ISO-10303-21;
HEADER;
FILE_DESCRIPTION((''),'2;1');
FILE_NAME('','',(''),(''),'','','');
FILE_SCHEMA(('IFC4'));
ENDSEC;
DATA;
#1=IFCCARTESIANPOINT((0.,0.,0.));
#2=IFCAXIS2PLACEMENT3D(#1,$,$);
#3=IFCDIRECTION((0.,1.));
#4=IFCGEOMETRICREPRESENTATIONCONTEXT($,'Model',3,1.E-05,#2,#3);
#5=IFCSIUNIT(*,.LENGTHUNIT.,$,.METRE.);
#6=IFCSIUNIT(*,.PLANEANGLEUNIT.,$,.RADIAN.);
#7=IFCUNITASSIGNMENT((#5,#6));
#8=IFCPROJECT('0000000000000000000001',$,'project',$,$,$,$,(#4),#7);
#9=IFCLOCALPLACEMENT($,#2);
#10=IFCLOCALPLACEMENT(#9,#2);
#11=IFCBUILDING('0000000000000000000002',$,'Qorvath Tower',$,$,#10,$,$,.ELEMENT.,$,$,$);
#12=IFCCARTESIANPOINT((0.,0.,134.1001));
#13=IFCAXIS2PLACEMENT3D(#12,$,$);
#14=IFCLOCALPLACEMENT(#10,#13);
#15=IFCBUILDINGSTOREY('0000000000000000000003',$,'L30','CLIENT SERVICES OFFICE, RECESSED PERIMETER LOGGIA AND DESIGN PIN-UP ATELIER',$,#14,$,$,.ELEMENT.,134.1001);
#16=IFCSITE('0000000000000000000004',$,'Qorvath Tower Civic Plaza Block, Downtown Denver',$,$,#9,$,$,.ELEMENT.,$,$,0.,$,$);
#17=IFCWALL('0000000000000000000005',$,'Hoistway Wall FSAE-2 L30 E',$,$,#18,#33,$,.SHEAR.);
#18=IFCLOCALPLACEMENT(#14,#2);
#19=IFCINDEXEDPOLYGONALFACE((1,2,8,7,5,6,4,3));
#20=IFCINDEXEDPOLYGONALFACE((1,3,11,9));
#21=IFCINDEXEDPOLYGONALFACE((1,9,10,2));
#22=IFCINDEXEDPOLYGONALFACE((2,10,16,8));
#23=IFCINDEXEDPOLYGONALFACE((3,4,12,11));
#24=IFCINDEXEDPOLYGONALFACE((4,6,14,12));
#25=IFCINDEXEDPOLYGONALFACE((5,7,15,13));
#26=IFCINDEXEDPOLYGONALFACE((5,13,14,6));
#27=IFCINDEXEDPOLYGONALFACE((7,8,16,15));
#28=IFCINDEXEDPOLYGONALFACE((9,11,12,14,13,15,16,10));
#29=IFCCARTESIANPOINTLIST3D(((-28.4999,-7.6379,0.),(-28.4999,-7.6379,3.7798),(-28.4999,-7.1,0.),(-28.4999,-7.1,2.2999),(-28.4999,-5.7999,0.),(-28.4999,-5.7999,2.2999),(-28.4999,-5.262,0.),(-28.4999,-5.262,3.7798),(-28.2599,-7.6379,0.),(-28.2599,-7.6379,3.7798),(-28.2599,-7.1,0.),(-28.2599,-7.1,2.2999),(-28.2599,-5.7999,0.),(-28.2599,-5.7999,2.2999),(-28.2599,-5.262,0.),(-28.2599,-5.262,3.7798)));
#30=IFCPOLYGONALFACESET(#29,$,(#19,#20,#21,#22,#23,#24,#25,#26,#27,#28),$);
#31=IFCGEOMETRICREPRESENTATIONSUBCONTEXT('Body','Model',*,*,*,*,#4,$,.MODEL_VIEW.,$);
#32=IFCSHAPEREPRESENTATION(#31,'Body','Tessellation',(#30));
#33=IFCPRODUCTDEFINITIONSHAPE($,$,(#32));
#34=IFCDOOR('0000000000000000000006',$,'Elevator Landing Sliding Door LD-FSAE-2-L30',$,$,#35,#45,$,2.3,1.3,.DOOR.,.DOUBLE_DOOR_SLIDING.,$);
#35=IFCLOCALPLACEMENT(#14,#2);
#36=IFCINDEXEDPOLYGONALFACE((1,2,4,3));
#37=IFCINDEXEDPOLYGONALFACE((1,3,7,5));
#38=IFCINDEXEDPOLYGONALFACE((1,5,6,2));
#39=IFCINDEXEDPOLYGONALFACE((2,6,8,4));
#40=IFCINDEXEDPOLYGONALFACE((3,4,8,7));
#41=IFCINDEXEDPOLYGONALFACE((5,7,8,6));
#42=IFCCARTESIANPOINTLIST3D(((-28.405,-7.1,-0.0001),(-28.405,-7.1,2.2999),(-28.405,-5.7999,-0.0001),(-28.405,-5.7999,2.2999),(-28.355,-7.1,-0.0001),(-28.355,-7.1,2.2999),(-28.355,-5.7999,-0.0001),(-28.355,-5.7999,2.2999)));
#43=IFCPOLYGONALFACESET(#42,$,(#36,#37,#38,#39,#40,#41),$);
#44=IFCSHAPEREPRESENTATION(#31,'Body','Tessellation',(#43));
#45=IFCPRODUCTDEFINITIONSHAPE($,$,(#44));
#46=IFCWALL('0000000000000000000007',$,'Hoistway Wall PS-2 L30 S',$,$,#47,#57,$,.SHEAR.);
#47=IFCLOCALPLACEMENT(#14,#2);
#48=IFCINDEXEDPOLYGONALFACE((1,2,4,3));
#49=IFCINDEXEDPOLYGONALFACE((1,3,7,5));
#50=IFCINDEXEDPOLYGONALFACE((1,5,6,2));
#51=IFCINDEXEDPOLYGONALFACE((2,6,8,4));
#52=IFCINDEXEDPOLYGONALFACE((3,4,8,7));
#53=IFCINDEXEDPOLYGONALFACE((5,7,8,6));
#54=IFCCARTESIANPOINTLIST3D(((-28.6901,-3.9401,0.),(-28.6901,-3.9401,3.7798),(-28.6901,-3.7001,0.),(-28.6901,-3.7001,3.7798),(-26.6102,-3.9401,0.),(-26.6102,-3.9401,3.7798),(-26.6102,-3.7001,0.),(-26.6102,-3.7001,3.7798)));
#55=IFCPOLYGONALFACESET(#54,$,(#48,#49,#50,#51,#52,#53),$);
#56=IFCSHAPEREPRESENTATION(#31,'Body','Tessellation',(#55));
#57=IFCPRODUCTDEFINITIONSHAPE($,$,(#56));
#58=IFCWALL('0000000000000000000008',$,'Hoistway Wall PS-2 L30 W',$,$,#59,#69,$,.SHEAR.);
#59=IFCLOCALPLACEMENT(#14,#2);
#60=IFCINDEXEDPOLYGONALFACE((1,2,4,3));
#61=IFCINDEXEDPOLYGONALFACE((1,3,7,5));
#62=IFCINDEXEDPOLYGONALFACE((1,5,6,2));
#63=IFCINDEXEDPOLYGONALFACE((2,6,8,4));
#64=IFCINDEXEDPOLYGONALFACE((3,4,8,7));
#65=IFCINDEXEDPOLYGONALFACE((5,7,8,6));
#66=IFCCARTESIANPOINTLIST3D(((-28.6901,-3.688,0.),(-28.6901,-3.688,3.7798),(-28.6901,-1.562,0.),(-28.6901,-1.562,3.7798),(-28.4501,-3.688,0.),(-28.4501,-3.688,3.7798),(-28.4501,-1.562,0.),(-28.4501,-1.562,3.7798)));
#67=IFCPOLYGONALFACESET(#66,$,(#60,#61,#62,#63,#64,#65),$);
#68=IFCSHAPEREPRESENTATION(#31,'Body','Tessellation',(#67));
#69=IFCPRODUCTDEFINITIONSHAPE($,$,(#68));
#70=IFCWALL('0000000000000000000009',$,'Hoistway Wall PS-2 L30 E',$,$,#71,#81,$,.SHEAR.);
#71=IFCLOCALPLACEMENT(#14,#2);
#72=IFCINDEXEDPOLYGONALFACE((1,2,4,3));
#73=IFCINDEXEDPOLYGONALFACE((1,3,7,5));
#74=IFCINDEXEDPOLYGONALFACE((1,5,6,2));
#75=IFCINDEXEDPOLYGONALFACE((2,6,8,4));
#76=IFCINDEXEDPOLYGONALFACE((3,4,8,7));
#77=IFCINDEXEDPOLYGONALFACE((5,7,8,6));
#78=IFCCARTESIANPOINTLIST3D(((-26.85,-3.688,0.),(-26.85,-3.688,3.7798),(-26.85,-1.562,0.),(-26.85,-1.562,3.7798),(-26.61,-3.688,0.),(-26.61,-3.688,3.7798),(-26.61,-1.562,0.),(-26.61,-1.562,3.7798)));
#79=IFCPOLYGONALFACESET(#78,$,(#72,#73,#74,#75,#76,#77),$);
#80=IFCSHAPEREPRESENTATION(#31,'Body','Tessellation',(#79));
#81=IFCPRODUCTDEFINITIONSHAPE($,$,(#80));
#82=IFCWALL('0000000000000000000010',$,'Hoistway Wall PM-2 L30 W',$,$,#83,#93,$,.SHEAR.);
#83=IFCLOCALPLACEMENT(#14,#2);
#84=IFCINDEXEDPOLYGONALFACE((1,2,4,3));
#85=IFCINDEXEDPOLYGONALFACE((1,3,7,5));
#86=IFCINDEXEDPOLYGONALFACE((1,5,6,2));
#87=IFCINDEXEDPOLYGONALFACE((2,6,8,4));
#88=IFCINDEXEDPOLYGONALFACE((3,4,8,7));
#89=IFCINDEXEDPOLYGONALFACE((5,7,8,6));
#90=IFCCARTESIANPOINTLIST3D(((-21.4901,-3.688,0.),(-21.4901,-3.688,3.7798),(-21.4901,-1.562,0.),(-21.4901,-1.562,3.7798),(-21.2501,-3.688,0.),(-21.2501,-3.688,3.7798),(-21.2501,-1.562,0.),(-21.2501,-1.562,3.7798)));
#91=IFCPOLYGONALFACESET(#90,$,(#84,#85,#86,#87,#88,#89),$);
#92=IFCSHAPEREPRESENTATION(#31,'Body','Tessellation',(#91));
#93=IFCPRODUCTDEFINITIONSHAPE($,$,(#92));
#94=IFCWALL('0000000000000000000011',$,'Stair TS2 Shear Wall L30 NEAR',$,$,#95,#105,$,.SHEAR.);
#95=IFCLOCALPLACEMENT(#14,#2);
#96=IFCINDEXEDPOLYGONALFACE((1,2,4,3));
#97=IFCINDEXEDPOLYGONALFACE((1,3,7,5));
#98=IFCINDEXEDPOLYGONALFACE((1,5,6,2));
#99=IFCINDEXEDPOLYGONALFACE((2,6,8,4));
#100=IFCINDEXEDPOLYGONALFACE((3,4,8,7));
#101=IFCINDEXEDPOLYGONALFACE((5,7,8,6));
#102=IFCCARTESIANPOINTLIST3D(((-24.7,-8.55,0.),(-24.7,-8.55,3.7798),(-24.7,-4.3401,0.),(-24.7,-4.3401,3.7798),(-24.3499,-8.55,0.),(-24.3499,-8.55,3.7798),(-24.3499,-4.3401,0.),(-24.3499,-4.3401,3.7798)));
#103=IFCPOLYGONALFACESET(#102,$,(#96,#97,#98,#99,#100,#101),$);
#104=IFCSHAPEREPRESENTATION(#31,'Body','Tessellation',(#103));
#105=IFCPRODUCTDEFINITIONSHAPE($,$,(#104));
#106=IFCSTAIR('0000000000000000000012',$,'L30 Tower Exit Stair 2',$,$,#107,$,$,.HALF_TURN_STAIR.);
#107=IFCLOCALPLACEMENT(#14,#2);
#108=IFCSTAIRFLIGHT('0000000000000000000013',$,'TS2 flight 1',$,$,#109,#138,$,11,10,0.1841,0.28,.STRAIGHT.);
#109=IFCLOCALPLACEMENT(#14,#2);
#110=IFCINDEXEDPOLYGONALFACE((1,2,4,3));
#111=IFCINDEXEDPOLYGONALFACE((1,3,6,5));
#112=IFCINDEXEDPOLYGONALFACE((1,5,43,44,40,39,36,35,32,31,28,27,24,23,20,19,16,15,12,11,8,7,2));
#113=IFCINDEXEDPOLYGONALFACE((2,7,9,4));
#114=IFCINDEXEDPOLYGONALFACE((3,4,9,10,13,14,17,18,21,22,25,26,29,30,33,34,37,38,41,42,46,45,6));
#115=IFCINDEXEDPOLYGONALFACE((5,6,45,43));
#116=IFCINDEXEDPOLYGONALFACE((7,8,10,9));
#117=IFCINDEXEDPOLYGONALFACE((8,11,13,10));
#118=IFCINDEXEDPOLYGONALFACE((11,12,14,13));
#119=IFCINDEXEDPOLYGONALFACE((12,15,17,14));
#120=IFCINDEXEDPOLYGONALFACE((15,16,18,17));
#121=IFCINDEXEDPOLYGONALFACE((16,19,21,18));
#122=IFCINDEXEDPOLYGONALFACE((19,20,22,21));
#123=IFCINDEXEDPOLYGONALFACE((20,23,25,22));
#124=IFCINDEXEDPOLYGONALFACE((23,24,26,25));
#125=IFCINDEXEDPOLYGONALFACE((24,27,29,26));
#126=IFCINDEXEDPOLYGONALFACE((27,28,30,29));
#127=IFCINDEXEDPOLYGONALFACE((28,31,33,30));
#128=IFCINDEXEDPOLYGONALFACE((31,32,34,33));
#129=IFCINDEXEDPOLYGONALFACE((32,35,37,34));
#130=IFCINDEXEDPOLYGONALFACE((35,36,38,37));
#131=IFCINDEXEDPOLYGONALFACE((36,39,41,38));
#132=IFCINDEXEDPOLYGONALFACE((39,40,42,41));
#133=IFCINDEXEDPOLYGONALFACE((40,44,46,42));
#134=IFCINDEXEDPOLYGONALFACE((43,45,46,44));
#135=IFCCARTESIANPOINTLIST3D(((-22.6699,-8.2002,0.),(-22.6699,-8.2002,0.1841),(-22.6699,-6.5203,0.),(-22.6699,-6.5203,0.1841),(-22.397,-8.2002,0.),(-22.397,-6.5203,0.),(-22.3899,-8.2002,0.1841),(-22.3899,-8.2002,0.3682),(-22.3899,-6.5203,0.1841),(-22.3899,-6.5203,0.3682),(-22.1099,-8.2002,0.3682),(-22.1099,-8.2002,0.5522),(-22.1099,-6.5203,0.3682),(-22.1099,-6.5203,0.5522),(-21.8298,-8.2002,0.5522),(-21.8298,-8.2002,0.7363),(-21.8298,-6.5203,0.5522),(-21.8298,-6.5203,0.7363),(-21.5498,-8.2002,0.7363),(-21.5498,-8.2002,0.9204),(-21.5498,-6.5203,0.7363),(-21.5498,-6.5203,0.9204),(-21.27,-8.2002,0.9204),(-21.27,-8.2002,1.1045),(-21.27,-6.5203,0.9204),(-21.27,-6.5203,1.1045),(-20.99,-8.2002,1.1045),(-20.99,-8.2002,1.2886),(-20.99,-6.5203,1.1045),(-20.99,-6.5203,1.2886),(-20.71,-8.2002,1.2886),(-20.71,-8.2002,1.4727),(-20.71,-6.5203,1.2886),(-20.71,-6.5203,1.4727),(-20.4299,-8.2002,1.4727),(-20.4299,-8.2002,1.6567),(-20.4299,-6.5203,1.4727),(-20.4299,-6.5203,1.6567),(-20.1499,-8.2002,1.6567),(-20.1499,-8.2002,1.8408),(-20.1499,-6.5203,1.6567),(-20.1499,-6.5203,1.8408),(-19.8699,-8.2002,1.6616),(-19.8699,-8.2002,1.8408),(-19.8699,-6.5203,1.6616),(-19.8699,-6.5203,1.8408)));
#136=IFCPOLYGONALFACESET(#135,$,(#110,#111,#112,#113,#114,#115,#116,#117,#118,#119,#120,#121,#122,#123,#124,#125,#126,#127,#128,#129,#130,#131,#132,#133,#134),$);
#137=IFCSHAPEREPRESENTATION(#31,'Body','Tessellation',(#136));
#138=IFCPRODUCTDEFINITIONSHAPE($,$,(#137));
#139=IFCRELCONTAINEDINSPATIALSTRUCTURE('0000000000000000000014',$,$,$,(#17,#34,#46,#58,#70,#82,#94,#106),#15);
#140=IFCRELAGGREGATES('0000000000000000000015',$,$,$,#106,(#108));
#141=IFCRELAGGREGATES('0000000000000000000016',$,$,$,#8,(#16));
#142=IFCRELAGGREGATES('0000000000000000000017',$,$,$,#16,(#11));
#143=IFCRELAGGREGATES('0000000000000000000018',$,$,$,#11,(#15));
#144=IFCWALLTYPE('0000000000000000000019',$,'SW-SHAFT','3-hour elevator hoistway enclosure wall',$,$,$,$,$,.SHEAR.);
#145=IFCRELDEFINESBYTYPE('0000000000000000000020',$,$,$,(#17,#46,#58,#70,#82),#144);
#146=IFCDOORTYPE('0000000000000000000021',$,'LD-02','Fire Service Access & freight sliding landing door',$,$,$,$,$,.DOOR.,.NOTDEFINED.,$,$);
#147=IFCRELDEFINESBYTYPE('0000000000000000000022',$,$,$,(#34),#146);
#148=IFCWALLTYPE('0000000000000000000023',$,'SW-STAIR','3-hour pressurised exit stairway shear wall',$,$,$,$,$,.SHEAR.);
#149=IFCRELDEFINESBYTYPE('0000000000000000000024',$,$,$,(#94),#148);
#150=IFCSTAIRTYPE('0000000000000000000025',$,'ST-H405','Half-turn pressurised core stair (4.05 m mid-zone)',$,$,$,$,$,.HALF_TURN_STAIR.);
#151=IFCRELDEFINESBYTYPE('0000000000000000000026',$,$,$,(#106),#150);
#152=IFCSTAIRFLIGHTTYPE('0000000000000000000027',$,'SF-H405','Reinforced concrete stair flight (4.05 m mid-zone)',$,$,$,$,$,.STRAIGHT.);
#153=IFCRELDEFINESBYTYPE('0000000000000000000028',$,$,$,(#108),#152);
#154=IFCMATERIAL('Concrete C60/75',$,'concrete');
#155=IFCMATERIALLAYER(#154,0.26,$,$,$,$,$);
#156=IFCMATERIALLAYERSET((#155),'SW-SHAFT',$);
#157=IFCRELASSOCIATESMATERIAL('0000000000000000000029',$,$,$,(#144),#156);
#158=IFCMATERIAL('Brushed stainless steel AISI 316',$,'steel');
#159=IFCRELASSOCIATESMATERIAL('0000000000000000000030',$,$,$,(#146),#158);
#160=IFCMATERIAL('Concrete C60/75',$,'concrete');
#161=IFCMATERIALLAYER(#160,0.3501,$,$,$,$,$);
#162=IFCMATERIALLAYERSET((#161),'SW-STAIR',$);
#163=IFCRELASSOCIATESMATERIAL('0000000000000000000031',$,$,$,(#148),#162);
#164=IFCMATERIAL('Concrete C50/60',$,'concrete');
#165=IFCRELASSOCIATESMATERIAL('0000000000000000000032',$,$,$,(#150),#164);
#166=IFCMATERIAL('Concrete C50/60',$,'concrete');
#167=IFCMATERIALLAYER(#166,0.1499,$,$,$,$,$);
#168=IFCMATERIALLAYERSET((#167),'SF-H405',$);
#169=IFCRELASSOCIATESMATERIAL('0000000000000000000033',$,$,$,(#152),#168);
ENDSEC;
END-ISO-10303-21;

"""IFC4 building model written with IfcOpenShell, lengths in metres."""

from ifc_helpers import new_model, si_unit, direction, frame, frame_2d, origin, place, context, subcontext, project, spatial, polyline, rectangle, outline, extrude, material, layer, layer_set, type_object, element, fill, aggregate, save


model = new_model("IFC4")

# Units and contexts
model_context = context("Model", 3, precision=1e-05, world=origin(), true_north=direction((0.0, 1.0)))
body_context = subcontext(model_context, "Body", "Model", "MODEL_VIEW")
ifc_project = project(units=[si_unit("LENGTHUNIT", "METRE"), si_unit("PLANEANGLEUNIT", "RADIAN")], contexts=[model_context])

# Site, building, storey
site_placement = place(None, origin())
site = spatial("IfcSite", under=ifc_project, at=site_placement, Name="Qorvath Tower Civic Plaza Block, Downtown Denver", CompositionType="ELEMENT", RefElevation=0.0)
building_placement = place(site_placement, origin())
building = spatial("IfcBuilding", under=site, at=building_placement, Name="Qorvath Tower", CompositionType="ELEMENT")
storey_placement = place(building_placement, frame((0.0, 0.0, 134.1001)))
storey = spatial("IfcBuildingStorey", under=building, at=storey_placement, Name="L30", Description="CLIENT SERVICES OFFICE, RECESSED PERIMETER LOGGIA AND DESIGN PIN-UP ATELIER", CompositionType="ELEMENT", Elevation=134.1001)

# Shared definitions
ifc_material_1 = material(Name="Concrete C60/75", Category="concrete")
ifc_layer_1 = layer(ifc_material_1, 0.26)
ifc_layer_set_1 = layer_set([ifc_layer_1], Name="SW-SHAFT")
wall_type_1 = type_object("IfcWallType", Name="SW-SHAFT", Description="3-hour elevator hoistway enclosure wall", PredefinedType="SHEAR", material=ifc_layer_set_1)

# Wall, opening, door
wall_1_placement = place(storey_placement, frame((-28.3799, -5.262, 0.0), z_axis=(0.0, 0.0, 1.0), x_axis=(0.0, -1.0, 0.0)))
wall_1 = element("IfcWall", 1, at=wall_1_placement, inside=storey, type_object=wall_type_1, Name="Hoistway Wall FSAE-2 L30 E", PredefinedType="SHEAR", context=body_context, shape_type="SweptSolid", body=[
    extrude(rectangle(XDim=2.376, YDim=0.24, at=frame_2d((1.188, 0.0))), origin(), (0.0, 0.0, 1.0), 3.7798),
])
opening_1_placement = place(wall_1_placement, frame((0.5381, 0.0, 0.0)))
opening_1 = element("IfcOpeningElement", 2, at=opening_1_placement, cuts=wall_1, PredefinedType="OPENING", context=body_context, shape_type="SweptSolid", body=[
    extrude(rectangle(XDim=1.3, YDim=2.3, at=frame_2d((0.6499, 1.1499))), frame((0.0, 0.1299, 0.0), z_axis=(0.0, -1.0, 0.0), x_axis=(1.0, 0.0, 0.0)), (0.0, 0.0, 1.0), 0.26),
])
ifc_material_2 = material(Name="Brushed stainless steel AISI 316", Category="steel")
door_type_1 = type_object("IfcDoorType", Name="LD-02", Description="Fire Service Access & freight sliding landing door", OperationType="NOTDEFINED", PredefinedType="DOOR", material=ifc_material_2)
door_1_placement = place(opening_1_placement, origin())
door_1 = element("IfcDoor", 3, at=door_1_placement, inside=storey, type_object=door_type_1, Name="Elevator Landing Sliding Door LD-FSAE-2-L30", OperationType="DOUBLE_DOOR_SLIDING", OverallHeight=2.3, OverallWidth=1.3, PredefinedType="DOOR", context=body_context, shape_type="SweptSolid", body=[
    extrude(rectangle(XDim=1.3, YDim=2.3, at=frame_2d((0.6499, 1.1499))), frame((0.0, 0.0249, 0.0), z_axis=(0.0, -1.0, 0.0), x_axis=(1.0, 0.0, 0.0)), (0.0, 0.0, 1.0), 0.05),
])
fill(opening_1, door_1)

# Walls
wall_2_placement = place(storey_placement, frame((-26.6101, -3.8201, 0.0), z_axis=(0.0, 0.0, 1.0), x_axis=(-1.0, 0.0, 0.0)))
element("IfcWall", 4, at=wall_2_placement, inside=storey, type_object=wall_type_1, Name="Hoistway Wall PS-2 L30 S", PredefinedType="SHEAR", context=body_context, shape_type="SweptSolid", body=[
    extrude(rectangle(XDim=2.0798, YDim=0.24, at=frame_2d((1.04, 0.0))), origin(), (0.0, 0.0, 1.0), 3.7798),
])
for number, where, z_axis, x_axis, name in (
    (5, (-28.5701, -3.688, 0.0), (0.0, 0.0, 1.0), (0.0, 1.0, 0.0), "Hoistway Wall PS-2 L30 W"),
    (6, (-26.73, -1.562, 0.0), (0.0, 0.0, 1.0), (0.0, -1.0, 0.0), "Hoistway Wall PS-2 L30 E"),
    (7, (-21.3701, -3.688, 0.0), (0.0, 0.0, 1.0), (0.0, 1.0, 0.0), "Hoistway Wall PM-2 L30 W"),
):
    element("IfcWall", number, at=place(storey_placement, frame(where, z_axis=z_axis, x_axis=x_axis)), inside=storey, type_object=wall_type_1, Name=name, PredefinedType="SHEAR", context=body_context, shape_type="SweptSolid", body=[
        extrude(rectangle(XDim=2.126, YDim=0.24, at=frame_2d((1.063, 0.0))), origin(), (0.0, 0.0, 1.0), 3.7798),
    ])
ifc_material_3 = material(Name="Concrete C60/75", Category="concrete")
ifc_layer_2 = layer(ifc_material_3, 0.3501)
ifc_layer_set_2 = layer_set([ifc_layer_2], Name="SW-STAIR")
wall_type_2 = type_object("IfcWallType", Name="SW-STAIR", Description="3-hour pressurised exit stairway shear wall", PredefinedType="SHEAR", material=ifc_layer_set_2)
wall_3_placement = place(storey_placement, frame((-24.5249, -4.3401, 0.0), z_axis=(0.0, 0.0, 1.0), x_axis=(0.0, -1.0, 0.0)))
element("IfcWall", 8, at=wall_3_placement, inside=storey, type_object=wall_type_2, Name="Stair TS2 Shear Wall L30 NEAR", PredefinedType="SHEAR", context=body_context, shape_type="SweptSolid", body=[
    extrude(rectangle(XDim=4.21, YDim=0.3501, at=frame_2d((2.105, 0.0))), origin(), (0.0, 0.0, 1.0), 3.7798),
])

# Stair, stair flight
ifc_material_4 = material(Name="Concrete C50/60", Category="concrete")
stair_type = type_object("IfcStairType", Name="ST-H405", Description="Half-turn pressurised core stair (4.05 m mid-zone)", PredefinedType="HALF_TURN_STAIR", material=ifc_material_4)
stair_placement = place(storey_placement, origin())
stair = element("IfcStair", 9, at=stair_placement, inside=storey, type_object=stair_type, Name="L30 Tower Exit Stair 2", PredefinedType="HALF_TURN_STAIR")
ifc_material_5 = material(Name="Concrete C50/60", Category="concrete")
ifc_layer_3 = layer(ifc_material_5, 0.1499)
ifc_layer_set_3 = layer_set([ifc_layer_3], Name="SF-H405")
stair_flight_type = type_object("IfcStairFlightType", Name="SF-H405", Description="Reinforced concrete stair flight (4.05 m mid-zone)", PredefinedType="STRAIGHT", material=ifc_layer_set_3)
stair_flight_placement = place(storey_placement, frame((-22.6699, -7.3601, 0.0), z_axis=(0.0, 0.0, 1.0), x_axis=(1.0, 0.0, 0.0)))
stair_flight = element("IfcStairFlight", 10, at=stair_flight_placement, type_object=stair_flight_type, Name="TS2 flight 1", NumberOfRisers=11, NumberOfTreads=10, PredefinedType="STRAIGHT", RiserHeight=0.1841, TreadLength=0.28, context=body_context, shape_type="SweptSolid", body=[
    extrude(outline(polyline([(0.0, 0.0), (0.0, 0.1841), (0.28, 0.1841), (0.28, 0.3682), (0.5601, 0.3682), (0.5601, 0.5522), (0.8401, 0.5522), (0.8401, 0.7363), (1.1201, 0.7363), (1.1201, 0.9204), (1.3999, 0.9204), (1.3999, 1.1045), (1.6799, 1.1045), (1.6799, 1.2886), (1.96, 1.2886), (1.96, 1.4727), (2.24, 1.4727), (2.24, 1.6567), (2.52, 1.6567), (2.52, 1.8408), (2.8, 1.8408), (2.8, 2.0249), (2.8, 1.6616), (0.2729, 0.0), (0.0, 0.0)])), frame((0.0, 0.8398, 0.0), z_axis=(0.0, -1.0, 0.0), x_axis=(1.0, 0.0, 0.0)), (0.0, 0.0, 1.0), 1.6799),
])
aggregate(stair, [stair_flight])

save(model, "model.ifc")
